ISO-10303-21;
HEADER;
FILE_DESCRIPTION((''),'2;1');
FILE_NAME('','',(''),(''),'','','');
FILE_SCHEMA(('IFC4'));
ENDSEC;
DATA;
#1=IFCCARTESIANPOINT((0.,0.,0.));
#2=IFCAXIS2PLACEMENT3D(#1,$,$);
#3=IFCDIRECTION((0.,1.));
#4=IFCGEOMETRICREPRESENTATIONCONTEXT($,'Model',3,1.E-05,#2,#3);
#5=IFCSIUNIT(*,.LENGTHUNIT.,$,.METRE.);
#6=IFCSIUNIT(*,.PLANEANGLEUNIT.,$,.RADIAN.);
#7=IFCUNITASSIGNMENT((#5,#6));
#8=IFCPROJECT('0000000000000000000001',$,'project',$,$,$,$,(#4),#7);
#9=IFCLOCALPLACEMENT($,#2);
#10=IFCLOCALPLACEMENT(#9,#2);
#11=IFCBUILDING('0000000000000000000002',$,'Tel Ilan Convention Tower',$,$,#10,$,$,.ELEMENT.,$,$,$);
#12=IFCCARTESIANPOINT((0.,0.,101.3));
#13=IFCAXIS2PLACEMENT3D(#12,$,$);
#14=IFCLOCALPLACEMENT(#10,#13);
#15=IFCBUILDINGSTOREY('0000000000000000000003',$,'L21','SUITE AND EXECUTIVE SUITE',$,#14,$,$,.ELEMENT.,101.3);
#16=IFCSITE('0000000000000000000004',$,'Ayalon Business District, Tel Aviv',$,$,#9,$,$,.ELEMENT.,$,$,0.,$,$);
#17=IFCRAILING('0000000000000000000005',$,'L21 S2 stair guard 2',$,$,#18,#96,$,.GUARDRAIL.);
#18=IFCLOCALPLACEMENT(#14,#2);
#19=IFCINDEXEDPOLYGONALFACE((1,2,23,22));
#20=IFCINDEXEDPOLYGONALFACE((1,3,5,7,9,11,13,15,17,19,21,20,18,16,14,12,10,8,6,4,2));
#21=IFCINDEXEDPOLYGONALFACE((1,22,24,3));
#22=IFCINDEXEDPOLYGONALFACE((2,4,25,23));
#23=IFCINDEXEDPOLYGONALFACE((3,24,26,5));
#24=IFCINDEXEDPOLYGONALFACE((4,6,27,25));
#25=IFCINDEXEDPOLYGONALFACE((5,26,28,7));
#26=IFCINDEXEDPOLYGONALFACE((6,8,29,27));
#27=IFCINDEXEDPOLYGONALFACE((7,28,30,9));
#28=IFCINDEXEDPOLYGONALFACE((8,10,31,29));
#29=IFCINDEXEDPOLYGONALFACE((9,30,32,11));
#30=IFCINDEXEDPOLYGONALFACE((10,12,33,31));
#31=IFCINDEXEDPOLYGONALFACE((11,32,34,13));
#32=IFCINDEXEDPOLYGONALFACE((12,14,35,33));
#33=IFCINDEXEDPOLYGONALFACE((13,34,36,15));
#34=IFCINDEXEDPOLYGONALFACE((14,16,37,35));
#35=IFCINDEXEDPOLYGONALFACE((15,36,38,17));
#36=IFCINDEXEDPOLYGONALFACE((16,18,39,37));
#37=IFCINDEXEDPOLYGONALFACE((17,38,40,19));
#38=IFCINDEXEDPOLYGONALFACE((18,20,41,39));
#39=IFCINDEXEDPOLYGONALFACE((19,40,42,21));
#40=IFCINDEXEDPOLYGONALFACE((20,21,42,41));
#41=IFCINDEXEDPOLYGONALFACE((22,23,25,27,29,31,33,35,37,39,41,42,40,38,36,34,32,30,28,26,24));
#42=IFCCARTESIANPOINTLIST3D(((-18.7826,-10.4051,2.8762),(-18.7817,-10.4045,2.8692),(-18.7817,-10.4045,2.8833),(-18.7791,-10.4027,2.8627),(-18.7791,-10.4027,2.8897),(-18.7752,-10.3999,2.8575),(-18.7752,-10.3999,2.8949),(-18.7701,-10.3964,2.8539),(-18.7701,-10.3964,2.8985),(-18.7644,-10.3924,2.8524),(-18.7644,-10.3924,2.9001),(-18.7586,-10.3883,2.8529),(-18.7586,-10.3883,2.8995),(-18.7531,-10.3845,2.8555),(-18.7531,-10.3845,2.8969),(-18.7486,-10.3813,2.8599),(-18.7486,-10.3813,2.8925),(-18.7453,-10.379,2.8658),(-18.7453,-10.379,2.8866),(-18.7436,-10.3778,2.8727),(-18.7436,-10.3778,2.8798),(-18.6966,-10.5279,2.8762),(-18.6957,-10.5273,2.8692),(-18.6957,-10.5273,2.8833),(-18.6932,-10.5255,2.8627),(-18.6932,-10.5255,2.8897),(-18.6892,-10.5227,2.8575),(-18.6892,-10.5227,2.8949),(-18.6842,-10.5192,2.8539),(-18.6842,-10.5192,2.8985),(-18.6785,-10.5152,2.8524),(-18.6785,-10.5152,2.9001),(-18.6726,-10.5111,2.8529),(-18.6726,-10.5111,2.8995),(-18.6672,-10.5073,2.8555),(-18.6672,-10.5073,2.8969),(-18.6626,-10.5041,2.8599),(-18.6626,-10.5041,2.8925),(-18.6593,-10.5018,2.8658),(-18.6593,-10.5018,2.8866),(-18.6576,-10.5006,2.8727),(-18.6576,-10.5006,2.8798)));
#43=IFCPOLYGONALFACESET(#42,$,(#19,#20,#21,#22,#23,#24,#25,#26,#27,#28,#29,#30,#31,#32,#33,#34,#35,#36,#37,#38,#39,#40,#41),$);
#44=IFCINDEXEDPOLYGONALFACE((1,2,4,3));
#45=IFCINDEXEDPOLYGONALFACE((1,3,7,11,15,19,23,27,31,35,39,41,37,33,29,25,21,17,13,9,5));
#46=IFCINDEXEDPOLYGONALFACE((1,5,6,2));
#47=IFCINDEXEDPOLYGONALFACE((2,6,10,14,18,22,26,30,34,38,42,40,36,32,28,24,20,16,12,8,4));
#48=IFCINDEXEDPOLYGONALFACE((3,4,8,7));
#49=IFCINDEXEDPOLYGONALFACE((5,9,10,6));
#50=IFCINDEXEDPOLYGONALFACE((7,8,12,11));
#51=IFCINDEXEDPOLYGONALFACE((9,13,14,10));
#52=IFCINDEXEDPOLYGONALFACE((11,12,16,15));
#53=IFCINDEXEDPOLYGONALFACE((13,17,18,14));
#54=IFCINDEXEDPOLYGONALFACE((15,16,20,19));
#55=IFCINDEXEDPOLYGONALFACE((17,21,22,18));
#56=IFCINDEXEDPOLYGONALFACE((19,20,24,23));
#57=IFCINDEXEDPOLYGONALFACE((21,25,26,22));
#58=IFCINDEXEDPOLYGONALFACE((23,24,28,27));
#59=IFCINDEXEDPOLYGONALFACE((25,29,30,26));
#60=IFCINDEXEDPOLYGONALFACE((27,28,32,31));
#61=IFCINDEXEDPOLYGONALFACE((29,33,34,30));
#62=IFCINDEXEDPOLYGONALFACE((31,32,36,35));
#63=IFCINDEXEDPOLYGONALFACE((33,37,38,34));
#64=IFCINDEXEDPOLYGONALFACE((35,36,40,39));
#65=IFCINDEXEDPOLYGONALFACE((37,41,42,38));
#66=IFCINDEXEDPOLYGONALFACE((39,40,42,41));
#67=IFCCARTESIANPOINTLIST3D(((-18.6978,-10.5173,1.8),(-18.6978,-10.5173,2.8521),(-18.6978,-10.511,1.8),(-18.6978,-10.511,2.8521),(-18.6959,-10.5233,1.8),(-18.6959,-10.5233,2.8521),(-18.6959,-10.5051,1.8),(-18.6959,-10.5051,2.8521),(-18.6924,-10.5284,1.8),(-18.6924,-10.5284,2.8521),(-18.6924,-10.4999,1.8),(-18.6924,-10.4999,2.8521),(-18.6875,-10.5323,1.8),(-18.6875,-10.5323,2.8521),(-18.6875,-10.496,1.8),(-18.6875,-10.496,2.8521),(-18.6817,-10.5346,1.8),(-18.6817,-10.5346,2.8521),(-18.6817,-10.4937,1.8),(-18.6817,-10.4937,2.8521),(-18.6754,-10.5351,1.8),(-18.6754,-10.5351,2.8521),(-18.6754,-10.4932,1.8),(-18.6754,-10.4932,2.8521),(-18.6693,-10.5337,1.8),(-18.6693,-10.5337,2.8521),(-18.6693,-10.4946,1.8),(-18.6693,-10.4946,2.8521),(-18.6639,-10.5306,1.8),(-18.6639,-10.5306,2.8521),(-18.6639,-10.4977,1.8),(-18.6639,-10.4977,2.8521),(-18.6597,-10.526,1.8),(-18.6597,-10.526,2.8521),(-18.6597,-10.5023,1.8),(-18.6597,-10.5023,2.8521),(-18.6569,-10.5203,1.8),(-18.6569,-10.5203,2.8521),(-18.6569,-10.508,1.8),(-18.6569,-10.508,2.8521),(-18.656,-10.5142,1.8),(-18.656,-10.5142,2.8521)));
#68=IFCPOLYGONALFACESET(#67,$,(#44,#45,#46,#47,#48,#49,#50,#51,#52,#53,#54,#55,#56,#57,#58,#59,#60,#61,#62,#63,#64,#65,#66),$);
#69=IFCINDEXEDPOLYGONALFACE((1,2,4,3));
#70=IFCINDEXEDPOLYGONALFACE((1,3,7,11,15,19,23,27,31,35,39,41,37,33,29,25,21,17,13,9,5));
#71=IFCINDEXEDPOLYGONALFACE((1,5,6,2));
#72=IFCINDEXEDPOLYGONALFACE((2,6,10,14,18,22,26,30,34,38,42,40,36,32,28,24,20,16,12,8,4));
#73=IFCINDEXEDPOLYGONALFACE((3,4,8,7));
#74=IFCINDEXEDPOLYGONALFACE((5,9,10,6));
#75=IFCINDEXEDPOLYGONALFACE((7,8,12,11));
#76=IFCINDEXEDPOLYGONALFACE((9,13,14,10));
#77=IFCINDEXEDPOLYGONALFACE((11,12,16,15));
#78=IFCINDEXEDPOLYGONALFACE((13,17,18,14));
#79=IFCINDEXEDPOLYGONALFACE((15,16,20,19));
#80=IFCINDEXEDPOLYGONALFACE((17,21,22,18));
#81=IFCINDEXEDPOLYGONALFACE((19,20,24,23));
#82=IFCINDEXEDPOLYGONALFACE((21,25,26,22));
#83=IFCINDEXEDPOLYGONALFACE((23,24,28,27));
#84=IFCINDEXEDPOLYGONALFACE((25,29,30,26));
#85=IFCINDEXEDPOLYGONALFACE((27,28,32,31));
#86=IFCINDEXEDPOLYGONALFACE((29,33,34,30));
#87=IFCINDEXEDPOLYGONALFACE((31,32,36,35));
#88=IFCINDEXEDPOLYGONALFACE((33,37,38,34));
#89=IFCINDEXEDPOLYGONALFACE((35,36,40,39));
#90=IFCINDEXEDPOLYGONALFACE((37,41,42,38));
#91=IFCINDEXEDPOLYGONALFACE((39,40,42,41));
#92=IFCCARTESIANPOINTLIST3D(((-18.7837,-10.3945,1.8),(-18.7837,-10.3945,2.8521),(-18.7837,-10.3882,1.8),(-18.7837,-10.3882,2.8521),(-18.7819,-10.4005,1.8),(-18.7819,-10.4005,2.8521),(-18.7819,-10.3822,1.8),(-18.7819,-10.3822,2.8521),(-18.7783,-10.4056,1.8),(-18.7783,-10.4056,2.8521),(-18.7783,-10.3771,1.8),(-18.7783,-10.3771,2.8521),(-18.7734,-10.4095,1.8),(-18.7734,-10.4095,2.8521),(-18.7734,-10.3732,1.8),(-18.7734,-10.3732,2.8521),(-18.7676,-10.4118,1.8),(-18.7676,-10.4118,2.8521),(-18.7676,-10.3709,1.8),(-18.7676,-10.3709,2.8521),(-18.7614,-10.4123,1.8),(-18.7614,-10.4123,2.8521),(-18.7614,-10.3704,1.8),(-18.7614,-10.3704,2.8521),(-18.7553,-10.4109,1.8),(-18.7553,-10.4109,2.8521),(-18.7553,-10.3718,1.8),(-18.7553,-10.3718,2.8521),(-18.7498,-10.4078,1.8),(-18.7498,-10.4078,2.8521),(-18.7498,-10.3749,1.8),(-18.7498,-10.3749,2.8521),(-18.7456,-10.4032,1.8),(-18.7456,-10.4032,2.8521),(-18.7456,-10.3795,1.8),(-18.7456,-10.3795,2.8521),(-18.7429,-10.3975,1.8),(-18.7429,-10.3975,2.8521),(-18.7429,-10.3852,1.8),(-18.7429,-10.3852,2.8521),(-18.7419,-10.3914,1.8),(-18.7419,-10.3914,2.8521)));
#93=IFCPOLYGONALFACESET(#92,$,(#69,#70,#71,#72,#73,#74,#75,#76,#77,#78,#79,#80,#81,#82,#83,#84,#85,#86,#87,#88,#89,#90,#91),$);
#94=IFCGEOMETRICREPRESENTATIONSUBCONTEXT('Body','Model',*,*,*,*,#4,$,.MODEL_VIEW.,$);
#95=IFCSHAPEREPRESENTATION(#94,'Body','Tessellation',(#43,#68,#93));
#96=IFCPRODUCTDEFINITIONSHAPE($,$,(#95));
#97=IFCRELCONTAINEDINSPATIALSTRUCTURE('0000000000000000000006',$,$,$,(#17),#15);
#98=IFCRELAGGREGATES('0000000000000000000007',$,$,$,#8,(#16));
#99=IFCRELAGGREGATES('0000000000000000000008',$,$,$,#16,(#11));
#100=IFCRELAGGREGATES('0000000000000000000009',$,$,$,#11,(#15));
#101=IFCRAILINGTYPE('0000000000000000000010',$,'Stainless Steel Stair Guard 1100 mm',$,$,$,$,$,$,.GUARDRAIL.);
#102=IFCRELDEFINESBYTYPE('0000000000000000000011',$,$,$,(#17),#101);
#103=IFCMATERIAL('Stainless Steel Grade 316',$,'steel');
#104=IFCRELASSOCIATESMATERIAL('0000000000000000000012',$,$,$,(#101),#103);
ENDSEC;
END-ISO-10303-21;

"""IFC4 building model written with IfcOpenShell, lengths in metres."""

from ifc_helpers import new_model, si_unit, direction, frame, origin, origin_2d, place, context, subcontext, project, spatial, circle, extrude, material, type_object, element, save


model = new_model("IFC4")

# Units and contexts
model_context = context("Model", 3, precision=1e-05, world=origin(), true_north=direction((0.0, 1.0)))
body_context = subcontext(model_context, "Body", "Model", "MODEL_VIEW")
ifc_project = project(units=[si_unit("LENGTHUNIT", "METRE"), si_unit("PLANEANGLEUNIT", "RADIAN")], contexts=[model_context])

# Site, building, storey
site_placement = place(None, origin())
site = spatial("IfcSite", under=ifc_project, at=site_placement, Name="Ayalon Business District, Tel Aviv", CompositionType="ELEMENT", RefElevation=0.0)
building_placement = place(site_placement, origin())
building = spatial("IfcBuilding", under=site, at=building_placement, Name="Tel Ilan Convention Tower", CompositionType="ELEMENT")
storey_placement = place(building_placement, frame((0.0, 0.0, 101.3)))
storey = spatial("IfcBuildingStorey", under=building, at=storey_placement, Name="L21", Description="SUITE AND EXECUTIVE SUITE", CompositionType="ELEMENT", Elevation=101.3)

# Railing
ifc_material_1 = material(Name="Stainless Steel Grade 316", Category="steel")
railing_type_1 = type_object("IfcRailingType", Name="Stainless Steel Stair Guard 1100 mm", PredefinedType="GUARDRAIL", material=ifc_material_1)
railing_1_placement = place(storey_placement, frame((-18.677, -10.5142, 1.8)))
element("IfcRailing", 1, at=railing_1_placement, inside=storey, type_object=railing_type_1, Name="L21 S2 stair guard 2", PredefinedType="GUARDRAIL", context=body_context, shape_type="SweptSolid", body=[
    extrude(circle(Radius=0.0239, at=origin_2d()), frame((0.0, 0.0, 1.0762), z_axis=(-0.573353, 0.819308, 0.0), x_axis=(-0.819308, -0.573353, 0.0)), (0.0, 0.0, 1.0), 0.1499),
    extrude(circle(Radius=0.021, at=origin_2d()), origin(), (0.0, 0.0, 1.0), 1.052),
    extrude(circle(Radius=0.021, at=origin_2d()), frame((-0.0859, 0.1228, 0.0)), (0.0, 0.0, 1.0), 1.052),
])

save(model, "model.ifc")
